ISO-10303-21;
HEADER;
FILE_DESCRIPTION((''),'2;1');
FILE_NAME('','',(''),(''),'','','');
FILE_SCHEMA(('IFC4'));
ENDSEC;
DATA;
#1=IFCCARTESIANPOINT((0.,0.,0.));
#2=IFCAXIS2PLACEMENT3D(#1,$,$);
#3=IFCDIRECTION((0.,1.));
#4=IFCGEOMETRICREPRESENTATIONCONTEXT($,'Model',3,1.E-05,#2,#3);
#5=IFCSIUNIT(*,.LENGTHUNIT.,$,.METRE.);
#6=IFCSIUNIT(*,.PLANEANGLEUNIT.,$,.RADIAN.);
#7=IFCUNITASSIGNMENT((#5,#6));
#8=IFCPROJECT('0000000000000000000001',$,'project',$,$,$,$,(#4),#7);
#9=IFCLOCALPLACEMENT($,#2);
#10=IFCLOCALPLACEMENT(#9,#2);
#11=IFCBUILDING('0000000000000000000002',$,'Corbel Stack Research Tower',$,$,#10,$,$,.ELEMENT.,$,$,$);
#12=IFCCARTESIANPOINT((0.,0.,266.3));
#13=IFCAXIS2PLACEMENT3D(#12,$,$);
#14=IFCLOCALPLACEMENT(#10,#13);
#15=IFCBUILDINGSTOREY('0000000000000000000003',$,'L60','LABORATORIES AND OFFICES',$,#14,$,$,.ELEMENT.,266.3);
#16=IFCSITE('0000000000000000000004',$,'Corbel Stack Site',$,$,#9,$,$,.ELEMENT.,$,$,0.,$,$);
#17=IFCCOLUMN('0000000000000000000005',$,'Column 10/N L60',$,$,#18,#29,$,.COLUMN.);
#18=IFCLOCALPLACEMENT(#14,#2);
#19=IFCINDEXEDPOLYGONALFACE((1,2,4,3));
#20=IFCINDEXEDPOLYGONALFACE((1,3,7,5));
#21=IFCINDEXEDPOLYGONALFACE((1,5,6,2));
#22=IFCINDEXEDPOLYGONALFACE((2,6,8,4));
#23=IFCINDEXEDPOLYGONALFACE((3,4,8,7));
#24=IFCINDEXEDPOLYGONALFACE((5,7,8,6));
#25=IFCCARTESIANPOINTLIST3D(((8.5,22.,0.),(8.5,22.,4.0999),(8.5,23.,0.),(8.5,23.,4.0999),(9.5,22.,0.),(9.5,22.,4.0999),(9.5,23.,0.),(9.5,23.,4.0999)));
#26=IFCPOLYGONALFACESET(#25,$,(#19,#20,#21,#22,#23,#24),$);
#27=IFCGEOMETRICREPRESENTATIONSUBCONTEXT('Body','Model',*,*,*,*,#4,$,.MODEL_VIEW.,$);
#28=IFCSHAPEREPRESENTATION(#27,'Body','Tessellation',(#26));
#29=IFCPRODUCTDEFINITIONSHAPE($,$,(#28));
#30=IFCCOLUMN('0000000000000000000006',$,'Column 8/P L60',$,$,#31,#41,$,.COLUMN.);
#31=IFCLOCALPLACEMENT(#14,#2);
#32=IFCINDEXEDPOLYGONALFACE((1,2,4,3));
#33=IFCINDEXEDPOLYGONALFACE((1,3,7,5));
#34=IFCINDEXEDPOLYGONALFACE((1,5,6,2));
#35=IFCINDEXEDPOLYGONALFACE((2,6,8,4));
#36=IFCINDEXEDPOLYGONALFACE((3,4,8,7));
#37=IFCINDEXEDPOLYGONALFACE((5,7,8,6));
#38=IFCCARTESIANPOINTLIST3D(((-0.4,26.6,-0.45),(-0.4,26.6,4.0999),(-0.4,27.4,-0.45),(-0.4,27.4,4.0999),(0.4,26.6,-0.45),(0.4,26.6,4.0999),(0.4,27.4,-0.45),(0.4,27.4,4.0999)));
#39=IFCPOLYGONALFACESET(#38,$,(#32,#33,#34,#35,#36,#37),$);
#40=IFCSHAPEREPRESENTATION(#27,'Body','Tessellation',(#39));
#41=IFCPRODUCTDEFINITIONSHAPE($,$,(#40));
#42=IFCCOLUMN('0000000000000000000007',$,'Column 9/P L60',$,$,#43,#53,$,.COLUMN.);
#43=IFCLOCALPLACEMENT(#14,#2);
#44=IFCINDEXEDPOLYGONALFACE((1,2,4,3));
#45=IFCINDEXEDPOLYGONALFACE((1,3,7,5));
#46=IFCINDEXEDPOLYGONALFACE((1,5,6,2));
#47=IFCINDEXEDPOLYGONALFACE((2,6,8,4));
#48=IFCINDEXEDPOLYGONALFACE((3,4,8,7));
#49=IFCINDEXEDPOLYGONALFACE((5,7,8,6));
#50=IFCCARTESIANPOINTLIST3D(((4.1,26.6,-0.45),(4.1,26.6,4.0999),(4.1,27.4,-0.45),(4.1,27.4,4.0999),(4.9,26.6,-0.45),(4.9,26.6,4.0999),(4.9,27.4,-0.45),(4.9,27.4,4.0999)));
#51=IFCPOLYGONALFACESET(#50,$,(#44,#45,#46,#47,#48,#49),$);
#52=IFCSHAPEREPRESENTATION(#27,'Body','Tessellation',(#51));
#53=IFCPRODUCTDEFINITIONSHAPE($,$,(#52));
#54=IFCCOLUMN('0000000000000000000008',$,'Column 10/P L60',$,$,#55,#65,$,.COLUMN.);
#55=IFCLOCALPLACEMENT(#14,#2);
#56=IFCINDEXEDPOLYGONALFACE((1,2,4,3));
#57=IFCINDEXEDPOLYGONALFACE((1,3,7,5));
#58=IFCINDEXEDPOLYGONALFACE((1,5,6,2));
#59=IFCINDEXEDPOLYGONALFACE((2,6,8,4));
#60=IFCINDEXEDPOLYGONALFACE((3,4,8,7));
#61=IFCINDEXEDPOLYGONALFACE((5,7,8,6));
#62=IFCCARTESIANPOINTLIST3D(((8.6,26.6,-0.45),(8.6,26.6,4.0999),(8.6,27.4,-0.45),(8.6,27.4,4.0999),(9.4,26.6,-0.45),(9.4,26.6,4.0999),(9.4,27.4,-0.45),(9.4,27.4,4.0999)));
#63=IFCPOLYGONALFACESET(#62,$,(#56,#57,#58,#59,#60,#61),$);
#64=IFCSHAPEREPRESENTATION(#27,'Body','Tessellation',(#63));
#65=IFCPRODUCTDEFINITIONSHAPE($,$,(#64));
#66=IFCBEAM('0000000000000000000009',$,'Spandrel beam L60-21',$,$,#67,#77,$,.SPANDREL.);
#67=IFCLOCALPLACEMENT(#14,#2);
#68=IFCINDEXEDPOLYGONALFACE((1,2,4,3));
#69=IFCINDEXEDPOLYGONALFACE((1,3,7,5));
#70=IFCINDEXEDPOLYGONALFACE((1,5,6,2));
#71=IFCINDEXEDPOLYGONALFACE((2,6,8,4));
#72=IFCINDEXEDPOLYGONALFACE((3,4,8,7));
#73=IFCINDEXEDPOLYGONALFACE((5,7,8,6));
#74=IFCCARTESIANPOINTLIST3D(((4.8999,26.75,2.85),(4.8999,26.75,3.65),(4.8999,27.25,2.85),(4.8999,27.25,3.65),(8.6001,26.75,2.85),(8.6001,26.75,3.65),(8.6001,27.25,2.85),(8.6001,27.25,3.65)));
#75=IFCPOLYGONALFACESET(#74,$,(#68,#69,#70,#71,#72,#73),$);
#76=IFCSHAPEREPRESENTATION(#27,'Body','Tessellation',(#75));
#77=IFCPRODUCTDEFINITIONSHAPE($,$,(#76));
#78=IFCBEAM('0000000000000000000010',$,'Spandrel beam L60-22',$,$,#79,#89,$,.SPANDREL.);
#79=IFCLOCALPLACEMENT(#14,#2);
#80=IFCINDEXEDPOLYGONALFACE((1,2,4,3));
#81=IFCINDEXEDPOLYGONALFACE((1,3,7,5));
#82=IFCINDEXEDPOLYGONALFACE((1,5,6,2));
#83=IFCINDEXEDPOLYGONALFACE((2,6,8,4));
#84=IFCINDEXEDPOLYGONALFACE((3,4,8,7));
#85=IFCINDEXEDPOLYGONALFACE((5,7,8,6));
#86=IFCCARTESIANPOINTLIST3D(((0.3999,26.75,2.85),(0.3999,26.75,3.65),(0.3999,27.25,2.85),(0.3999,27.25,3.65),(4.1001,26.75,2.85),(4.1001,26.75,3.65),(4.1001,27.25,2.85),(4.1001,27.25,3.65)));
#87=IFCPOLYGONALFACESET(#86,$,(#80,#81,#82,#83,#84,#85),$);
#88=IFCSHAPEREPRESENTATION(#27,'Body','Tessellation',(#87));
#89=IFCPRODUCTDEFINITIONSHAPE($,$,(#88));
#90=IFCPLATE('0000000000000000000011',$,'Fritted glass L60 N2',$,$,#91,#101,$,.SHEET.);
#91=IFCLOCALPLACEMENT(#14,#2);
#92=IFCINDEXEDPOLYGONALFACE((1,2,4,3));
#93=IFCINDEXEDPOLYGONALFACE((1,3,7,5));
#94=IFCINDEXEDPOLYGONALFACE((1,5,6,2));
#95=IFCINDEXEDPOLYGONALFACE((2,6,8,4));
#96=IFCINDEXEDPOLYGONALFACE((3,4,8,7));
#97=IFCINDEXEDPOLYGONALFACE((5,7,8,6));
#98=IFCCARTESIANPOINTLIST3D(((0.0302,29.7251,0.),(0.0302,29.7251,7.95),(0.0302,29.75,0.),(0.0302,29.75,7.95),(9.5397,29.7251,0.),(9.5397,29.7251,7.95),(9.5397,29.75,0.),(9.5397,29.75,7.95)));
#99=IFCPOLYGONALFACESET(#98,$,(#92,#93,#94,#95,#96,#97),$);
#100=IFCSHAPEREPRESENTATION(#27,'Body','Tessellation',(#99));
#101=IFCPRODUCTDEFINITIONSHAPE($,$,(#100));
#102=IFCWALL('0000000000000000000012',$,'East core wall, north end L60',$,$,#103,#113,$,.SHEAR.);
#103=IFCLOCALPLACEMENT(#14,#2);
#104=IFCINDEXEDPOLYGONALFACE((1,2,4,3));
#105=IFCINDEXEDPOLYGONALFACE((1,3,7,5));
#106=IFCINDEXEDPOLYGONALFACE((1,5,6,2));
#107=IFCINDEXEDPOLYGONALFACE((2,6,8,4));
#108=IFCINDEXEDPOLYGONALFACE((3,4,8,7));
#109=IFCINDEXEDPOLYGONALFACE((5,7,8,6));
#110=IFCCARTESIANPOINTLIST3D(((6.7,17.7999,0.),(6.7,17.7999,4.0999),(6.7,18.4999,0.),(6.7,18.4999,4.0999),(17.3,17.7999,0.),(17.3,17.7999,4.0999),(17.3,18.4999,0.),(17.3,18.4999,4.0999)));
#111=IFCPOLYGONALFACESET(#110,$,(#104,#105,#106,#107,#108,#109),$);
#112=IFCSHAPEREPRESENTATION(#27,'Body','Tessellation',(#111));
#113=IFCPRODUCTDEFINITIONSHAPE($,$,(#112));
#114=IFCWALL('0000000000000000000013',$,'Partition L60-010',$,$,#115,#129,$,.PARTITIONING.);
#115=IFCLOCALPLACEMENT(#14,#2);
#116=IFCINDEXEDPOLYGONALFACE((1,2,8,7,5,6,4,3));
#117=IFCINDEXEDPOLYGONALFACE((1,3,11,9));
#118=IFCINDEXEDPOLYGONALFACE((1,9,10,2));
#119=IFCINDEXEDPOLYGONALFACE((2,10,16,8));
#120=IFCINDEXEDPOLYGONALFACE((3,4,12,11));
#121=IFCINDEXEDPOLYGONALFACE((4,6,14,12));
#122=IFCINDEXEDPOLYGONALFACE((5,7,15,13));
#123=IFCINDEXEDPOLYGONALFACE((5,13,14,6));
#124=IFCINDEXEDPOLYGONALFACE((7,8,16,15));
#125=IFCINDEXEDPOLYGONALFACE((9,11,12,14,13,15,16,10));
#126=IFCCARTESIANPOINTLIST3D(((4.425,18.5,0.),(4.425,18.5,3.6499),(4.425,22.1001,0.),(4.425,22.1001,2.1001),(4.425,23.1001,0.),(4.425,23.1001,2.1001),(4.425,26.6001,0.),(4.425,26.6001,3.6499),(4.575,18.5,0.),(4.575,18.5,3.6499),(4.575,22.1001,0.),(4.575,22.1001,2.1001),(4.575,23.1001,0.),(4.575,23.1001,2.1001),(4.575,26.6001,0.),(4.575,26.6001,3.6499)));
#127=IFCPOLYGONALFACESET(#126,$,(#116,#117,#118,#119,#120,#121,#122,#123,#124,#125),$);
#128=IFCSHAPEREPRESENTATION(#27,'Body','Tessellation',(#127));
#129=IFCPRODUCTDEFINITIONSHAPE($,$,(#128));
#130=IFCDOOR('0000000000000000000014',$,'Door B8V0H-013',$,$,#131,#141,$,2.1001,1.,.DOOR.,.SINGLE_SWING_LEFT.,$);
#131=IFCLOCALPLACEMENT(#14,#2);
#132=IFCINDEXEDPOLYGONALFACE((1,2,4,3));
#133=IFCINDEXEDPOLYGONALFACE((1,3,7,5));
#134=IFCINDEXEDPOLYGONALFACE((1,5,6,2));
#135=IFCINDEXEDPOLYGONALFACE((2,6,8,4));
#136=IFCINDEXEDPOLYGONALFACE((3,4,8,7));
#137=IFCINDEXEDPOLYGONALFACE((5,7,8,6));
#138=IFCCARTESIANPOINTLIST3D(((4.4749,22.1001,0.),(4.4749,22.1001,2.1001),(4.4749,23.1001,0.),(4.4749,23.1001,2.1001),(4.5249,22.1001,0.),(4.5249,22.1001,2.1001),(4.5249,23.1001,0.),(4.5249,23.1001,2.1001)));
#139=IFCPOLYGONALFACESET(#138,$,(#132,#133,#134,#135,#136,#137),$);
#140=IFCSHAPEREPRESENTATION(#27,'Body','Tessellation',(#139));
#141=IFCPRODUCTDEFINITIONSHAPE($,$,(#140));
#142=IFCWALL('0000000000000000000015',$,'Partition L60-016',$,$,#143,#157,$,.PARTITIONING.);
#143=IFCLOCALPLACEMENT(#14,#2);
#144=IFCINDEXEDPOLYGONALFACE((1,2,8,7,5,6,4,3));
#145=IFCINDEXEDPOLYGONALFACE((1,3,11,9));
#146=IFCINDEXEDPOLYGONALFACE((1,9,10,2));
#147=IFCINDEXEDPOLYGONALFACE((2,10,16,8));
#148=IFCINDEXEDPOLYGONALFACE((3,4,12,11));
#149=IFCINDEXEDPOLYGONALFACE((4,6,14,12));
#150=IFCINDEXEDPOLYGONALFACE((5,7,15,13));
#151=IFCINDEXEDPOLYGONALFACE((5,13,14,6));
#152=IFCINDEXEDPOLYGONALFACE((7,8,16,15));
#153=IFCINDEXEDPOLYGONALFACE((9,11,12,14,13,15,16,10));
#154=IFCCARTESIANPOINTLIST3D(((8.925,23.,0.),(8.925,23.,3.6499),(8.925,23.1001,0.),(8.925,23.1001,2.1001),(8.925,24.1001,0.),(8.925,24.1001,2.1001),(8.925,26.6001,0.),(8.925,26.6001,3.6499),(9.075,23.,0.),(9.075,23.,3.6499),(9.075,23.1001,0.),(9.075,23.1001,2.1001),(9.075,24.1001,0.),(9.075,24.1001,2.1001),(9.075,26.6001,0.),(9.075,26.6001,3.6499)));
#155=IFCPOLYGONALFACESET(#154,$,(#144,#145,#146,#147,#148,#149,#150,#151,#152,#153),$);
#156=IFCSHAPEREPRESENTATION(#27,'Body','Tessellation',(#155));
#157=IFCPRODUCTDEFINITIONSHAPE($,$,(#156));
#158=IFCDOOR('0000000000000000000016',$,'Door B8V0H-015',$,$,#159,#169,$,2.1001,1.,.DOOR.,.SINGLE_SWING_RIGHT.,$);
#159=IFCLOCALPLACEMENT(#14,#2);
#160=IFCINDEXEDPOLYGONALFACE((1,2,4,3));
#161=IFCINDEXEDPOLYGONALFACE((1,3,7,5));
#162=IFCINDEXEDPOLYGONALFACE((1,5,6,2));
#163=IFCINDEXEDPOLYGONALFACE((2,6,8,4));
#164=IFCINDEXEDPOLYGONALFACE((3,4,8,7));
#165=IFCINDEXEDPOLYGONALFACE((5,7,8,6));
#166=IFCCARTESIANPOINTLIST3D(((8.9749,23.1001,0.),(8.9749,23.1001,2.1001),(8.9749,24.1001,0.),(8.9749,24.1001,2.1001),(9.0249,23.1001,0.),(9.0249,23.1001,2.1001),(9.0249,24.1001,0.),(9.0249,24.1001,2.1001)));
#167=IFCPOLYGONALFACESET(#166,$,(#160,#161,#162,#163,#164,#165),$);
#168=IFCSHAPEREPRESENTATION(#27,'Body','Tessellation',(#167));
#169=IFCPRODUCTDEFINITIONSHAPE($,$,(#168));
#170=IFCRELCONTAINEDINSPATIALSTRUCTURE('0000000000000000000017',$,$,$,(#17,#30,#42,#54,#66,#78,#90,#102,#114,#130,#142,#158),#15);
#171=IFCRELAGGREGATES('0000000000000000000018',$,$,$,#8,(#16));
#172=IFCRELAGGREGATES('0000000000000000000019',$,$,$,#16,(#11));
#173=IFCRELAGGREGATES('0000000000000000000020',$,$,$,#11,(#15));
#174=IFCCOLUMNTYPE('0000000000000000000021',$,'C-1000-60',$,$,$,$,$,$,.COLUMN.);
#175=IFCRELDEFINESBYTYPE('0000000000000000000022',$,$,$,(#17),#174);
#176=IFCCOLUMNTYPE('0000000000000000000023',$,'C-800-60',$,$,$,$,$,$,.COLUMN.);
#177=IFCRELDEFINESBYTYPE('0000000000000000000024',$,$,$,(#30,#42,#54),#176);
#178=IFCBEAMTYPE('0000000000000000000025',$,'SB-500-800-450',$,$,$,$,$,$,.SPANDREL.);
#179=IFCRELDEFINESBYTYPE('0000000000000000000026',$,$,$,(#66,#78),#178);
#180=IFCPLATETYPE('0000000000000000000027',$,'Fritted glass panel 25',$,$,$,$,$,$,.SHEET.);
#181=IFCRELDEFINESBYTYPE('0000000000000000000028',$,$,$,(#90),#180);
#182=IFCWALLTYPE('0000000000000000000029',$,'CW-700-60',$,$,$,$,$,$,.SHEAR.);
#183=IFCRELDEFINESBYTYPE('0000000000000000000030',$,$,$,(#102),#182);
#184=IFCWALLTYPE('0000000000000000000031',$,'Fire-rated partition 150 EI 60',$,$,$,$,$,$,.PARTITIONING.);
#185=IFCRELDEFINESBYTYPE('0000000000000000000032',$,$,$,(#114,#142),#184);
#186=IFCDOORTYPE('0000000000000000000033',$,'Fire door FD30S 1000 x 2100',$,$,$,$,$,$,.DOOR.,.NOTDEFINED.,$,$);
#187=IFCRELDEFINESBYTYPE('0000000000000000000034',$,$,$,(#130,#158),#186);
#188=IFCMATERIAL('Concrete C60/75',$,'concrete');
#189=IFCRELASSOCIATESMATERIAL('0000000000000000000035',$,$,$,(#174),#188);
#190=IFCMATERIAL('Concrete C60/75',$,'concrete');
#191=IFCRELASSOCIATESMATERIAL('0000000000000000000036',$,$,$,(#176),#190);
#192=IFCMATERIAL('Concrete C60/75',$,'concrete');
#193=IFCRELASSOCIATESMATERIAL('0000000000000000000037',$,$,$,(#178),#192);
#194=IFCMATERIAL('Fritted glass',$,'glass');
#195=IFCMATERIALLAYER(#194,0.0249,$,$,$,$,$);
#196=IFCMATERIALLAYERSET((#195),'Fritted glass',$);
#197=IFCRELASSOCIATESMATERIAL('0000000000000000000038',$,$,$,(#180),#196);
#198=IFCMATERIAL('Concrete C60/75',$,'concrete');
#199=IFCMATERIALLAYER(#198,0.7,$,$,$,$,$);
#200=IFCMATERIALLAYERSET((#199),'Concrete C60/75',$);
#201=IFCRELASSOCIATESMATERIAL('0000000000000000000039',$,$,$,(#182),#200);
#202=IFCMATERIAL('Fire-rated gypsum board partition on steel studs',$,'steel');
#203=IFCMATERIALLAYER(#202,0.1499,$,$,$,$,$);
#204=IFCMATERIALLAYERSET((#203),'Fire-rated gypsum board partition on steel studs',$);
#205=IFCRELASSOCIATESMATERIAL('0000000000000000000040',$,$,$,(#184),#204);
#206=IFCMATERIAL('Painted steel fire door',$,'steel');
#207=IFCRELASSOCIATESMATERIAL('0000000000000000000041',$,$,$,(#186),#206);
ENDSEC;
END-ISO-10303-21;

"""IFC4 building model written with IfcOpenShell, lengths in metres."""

from ifc_helpers import new_model, si_unit, direction, frame, frame_2d, origin, origin_2d, place, context, subcontext, project, spatial, rectangle, extrude, material, layer, layer_set, material_profile, profile_set, type_object, element, fill, save


model = new_model("IFC4")

# Units and contexts
model_context = context("Model", 3, precision=1e-05, world=origin(), true_north=direction((0.0, 1.0)))
body_context = subcontext(model_context, "Body", "Model", "MODEL_VIEW")
ifc_project = project(units=[si_unit("LENGTHUNIT", "METRE"), si_unit("PLANEANGLEUNIT", "RADIAN")], contexts=[model_context])

# Site, building, storey
site_placement = place(None, origin())
site = spatial("IfcSite", under=ifc_project, at=site_placement, Name="Corbel Stack Site", CompositionType="ELEMENT", RefElevation=0.0)
building_placement = place(site_placement, origin())
building = spatial("IfcBuilding", under=site, at=building_placement, Name="Corbel Stack Research Tower", CompositionType="ELEMENT")
storey_placement = place(building_placement, frame((0.0, 0.0, 266.3)))
storey = spatial("IfcBuildingStorey", under=building, at=storey_placement, Name="L60", Description="LABORATORIES AND OFFICES", CompositionType="ELEMENT", Elevation=266.3)

# Columns
ifc_material_1 = material(Name="Concrete C60/75", Category="concrete")
ifc_material_profile_1 = material_profile(ifc_material_1, rectangle(XDim=1.0, YDim=1.0, at=origin_2d()), Name="RC 1000 x 1000")
ifc_profile_set_1 = profile_set([ifc_material_profile_1], Name="Concrete C60/75")
column_type_1 = type_object("IfcColumnType", Name="C-1000-60", PredefinedType="COLUMN", material=ifc_profile_set_1)
column_placement = place(storey_placement, frame((9.0, 22.5, 0.0), z_axis=(0.0, 0.0, 1.0), x_axis=(1.0, 0.0, 0.0)))
element("IfcColumn", 1, at=column_placement, inside=storey, type_object=column_type_1, Name="Column 10/N L60", PredefinedType="COLUMN", context=body_context, shape_type="SweptSolid", body=[
    extrude(rectangle(XDim=1.0, YDim=1.0, at=origin_2d()), origin(), (0.0, 0.0, 1.0), 4.0999),
])
ifc_material_2 = material(Name="Concrete C60/75", Category="concrete")
ifc_material_profile_2 = material_profile(ifc_material_2, rectangle(XDim=0.8, YDim=0.8, at=origin_2d()), Name="RC 800 x 800")
ifc_profile_set_2 = profile_set([ifc_material_profile_2], Name="Concrete C60/75")
column_type_2 = type_object("IfcColumnType", Name="C-800-60", PredefinedType="COLUMN", material=ifc_profile_set_2)
for number, where, z_axis, x_axis, name in (
    (2, (0.0, 27.0, -0.45), (0.0, 0.0, 1.0), (1.0, 0.0, 0.0), "Column 8/P L60"),
    (3, (4.5, 27.0, -0.45), (0.0, 0.0, 1.0), (1.0, 0.0, 0.0), "Column 9/P L60"),
    (4, (9.0, 27.0, -0.45), (0.0, 0.0, 1.0), (1.0, 0.0, 0.0), "Column 10/P L60"),
):
    element("IfcColumn", number, at=place(storey_placement, frame(where, z_axis=z_axis, x_axis=x_axis)), inside=storey, type_object=column_type_2, Name=name, PredefinedType="COLUMN", context=body_context, shape_type="SweptSolid", body=[
        extrude(rectangle(XDim=0.8, YDim=0.8, at=origin_2d()), origin(), (0.0, 0.0, 1.0), 4.5498),
    ])

# Beams
ifc_material_3 = material(Name="Concrete C60/75", Category="concrete")
ifc_material_profile_3 = material_profile(ifc_material_3, rectangle(XDim=0.5, YDim=0.8, at=origin_2d()), Name="RC 500 x 800")
ifc_profile_set_3 = profile_set([ifc_material_profile_3], Name="Concrete C60/75")
beam_type = type_object("IfcBeamType", Name="SB-500-800-450", PredefinedType="SPANDREL", material=ifc_profile_set_3)
for number, where, z_axis, x_axis, name in (
    (5, (8.6001, 27.0, 3.25), (-1.0, 0.0, 0.0), (0.0, -1.0, 0.0), "Spandrel beam L60-21"),
    (6, (4.1001, 27.0, 3.25), (-1.0, 0.0, 0.0), (0.0, -1.0, 0.0), "Spandrel beam L60-22"),
):
    element("IfcBeam", number, at=place(storey_placement, frame(where, z_axis=z_axis, x_axis=x_axis)), inside=storey, type_object=beam_type, Name=name, PredefinedType="SPANDREL", context=body_context, shape_type="SweptSolid", body=[
        extrude(rectangle(XDim=0.5, YDim=0.8, at=origin_2d()), origin(), (0.0, 0.0, 1.0), 3.7002),
    ])

# Plate
ifc_material_4 = material(Name="Fritted glass", Category="glass")
ifc_layer_1 = layer(ifc_material_4, 0.0249)
ifc_layer_set_1 = layer_set([ifc_layer_1], Name="Fritted glass")
plate_type = type_object("IfcPlateType", Name="Fritted glass panel 25", PredefinedType="SHEET", material=ifc_layer_set_1)
plate_placement = place(storey_placement, frame((4.7849, 29.7375, 0.0), z_axis=(0.0, 0.0, 1.0), x_axis=(-1.0, 0.0, 0.0)))
element("IfcPlate", 7, at=plate_placement, inside=storey, type_object=plate_type, Name="Fritted glass L60 N2", PredefinedType="SHEET", context=body_context, shape_type="SweptSolid", body=[
    extrude(rectangle(XDim=9.5095, YDim=0.0249, at=origin_2d()), origin(), (0.0, 0.0, 1.0), 7.95),
])

# Wall
ifc_material_5 = material(Name="Concrete C60/75", Category="concrete")
ifc_layer_2 = layer(ifc_material_5, 0.7)
ifc_layer_set_2 = layer_set([ifc_layer_2], Name="Concrete C60/75")
wall_type_1 = type_object("IfcWallType", Name="CW-700-60", PredefinedType="SHEAR", material=ifc_layer_set_2)
wall_1_placement = place(storey_placement, frame((6.7, 18.1499, 0.0), z_axis=(0.0, 0.0, 1.0), x_axis=(1.0, 0.0, 0.0)))
element("IfcWall", 8, at=wall_1_placement, inside=storey, type_object=wall_type_1, Name="East core wall, north end L60", PredefinedType="SHEAR", context=body_context, shape_type="SweptSolid", body=[
    extrude(rectangle(XDim=10.6001, YDim=0.7, at=frame_2d((5.3, 0.0))), origin(), (0.0, 0.0, 1.0), 4.0999),
])

# Walls, openings, doors
ifc_material_6 = material(Name="Fire-rated gypsum board partition on steel studs", Category="steel")
ifc_layer_3 = layer(ifc_material_6, 0.1499)
ifc_layer_set_3 = layer_set([ifc_layer_3], Name="Fire-rated gypsum board partition on steel studs")
wall_type_2 = type_object("IfcWallType", Name="Fire-rated partition 150 EI 60", PredefinedType="PARTITIONING", material=ifc_layer_set_3)
wall_2_placement = place(storey_placement, frame((4.5, 26.6001, 0.0), z_axis=(0.0, 0.0, 1.0), x_axis=(0.0, -1.0, 0.0)))
wall_2 = element("IfcWall", 9, at=wall_2_placement, inside=storey, type_object=wall_type_2, Name="Partition L60-010", PredefinedType="PARTITIONING", context=body_context, shape_type="SweptSolid", body=[
    extrude(rectangle(XDim=8.1001, YDim=0.1499, at=frame_2d((4.05, 0.0))), origin(), (0.0, 0.0, 1.0), 3.6499),
])
opening_1_placement = place(wall_2_placement, frame((3.5, 0.0, 0.0)))
opening_1 = element("IfcOpeningElement", 10, at=opening_1_placement, cuts=wall_2, PredefinedType="OPENING", context=body_context, shape_type="SweptSolid", body=[
    extrude(rectangle(XDim=1.0, YDim=2.1001, at=frame_2d((0.5, 1.05))), frame((0.0, 0.085, 0.0), z_axis=(0.0, -1.0, 0.0), x_axis=(1.0, 0.0, 0.0)), (0.0, 0.0, 1.0), 0.1699),
])
ifc_material_7 = material(Name="Painted steel fire door", Category="steel")
door_type_1 = type_object("IfcDoorType", Name="Fire door FD30S 1000 x 2100", OperationType="NOTDEFINED", PredefinedType="DOOR", material=ifc_material_7)
door_1_placement = place(opening_1_placement, origin())
door_1 = element("IfcDoor", 11, at=door_1_placement, inside=storey, type_object=door_type_1, Name="Door B8V0H-013", OperationType="SINGLE_SWING_LEFT", OverallHeight=2.1001, OverallWidth=1.0, PredefinedType="DOOR", context=body_context, shape_type="SweptSolid", body=[
    extrude(rectangle(XDim=1.0, YDim=2.1001, at=frame_2d((0.5, 1.05))), frame((0.0, 0.0249, 0.0), z_axis=(0.0, -1.0, 0.0), x_axis=(1.0, 0.0, 0.0)), (0.0, 0.0, 1.0), 0.05),
])
fill(opening_1, door_1)
wall_3_placement = place(storey_placement, frame((9.0, 26.6001, 0.0), z_axis=(0.0, 0.0, 1.0), x_axis=(0.0, -1.0, 0.0)))
wall_3 = element("IfcWall", 12, at=wall_3_placement, inside=storey, type_object=wall_type_2, Name="Partition L60-016", PredefinedType="PARTITIONING", context=body_context, shape_type="SweptSolid", body=[
    extrude(rectangle(XDim=3.6001, YDim=0.1499, at=frame_2d((1.8, 0.0))), origin(), (0.0, 0.0, 1.0), 3.6499),
])
opening_2_placement = place(wall_3_placement, frame((2.5, 0.0, 0.0)))
opening_2 = element("IfcOpeningElement", 13, at=opening_2_placement, cuts=wall_3, PredefinedType="OPENING", context=body_context, shape_type="SweptSolid", body=[
    extrude(rectangle(XDim=1.0, YDim=2.1001, at=frame_2d((0.5, 1.05))), frame((0.0, 0.085, 0.0), z_axis=(0.0, -1.0, 0.0), x_axis=(1.0, 0.0, 0.0)), (0.0, 0.0, 1.0), 0.1699),
])
door_2_placement = place(opening_2_placement, origin())
door_2 = element("IfcDoor", 14, at=door_2_placement, inside=storey, type_object=door_type_1, Name="Door B8V0H-015", OperationType="SINGLE_SWING_RIGHT", OverallHeight=2.1001, OverallWidth=1.0, PredefinedType="DOOR", context=body_context, shape_type="SweptSolid", body=[
    extrude(rectangle(XDim=1.0, YDim=2.1001, at=frame_2d((0.5, 1.05))), frame((0.0, 0.0249, 0.0), z_axis=(0.0, -1.0, 0.0), x_axis=(1.0, 0.0, 0.0)), (0.0, 0.0, 1.0), 0.05),
])
fill(opening_2, door_2)

save(model, "model.ifc")
